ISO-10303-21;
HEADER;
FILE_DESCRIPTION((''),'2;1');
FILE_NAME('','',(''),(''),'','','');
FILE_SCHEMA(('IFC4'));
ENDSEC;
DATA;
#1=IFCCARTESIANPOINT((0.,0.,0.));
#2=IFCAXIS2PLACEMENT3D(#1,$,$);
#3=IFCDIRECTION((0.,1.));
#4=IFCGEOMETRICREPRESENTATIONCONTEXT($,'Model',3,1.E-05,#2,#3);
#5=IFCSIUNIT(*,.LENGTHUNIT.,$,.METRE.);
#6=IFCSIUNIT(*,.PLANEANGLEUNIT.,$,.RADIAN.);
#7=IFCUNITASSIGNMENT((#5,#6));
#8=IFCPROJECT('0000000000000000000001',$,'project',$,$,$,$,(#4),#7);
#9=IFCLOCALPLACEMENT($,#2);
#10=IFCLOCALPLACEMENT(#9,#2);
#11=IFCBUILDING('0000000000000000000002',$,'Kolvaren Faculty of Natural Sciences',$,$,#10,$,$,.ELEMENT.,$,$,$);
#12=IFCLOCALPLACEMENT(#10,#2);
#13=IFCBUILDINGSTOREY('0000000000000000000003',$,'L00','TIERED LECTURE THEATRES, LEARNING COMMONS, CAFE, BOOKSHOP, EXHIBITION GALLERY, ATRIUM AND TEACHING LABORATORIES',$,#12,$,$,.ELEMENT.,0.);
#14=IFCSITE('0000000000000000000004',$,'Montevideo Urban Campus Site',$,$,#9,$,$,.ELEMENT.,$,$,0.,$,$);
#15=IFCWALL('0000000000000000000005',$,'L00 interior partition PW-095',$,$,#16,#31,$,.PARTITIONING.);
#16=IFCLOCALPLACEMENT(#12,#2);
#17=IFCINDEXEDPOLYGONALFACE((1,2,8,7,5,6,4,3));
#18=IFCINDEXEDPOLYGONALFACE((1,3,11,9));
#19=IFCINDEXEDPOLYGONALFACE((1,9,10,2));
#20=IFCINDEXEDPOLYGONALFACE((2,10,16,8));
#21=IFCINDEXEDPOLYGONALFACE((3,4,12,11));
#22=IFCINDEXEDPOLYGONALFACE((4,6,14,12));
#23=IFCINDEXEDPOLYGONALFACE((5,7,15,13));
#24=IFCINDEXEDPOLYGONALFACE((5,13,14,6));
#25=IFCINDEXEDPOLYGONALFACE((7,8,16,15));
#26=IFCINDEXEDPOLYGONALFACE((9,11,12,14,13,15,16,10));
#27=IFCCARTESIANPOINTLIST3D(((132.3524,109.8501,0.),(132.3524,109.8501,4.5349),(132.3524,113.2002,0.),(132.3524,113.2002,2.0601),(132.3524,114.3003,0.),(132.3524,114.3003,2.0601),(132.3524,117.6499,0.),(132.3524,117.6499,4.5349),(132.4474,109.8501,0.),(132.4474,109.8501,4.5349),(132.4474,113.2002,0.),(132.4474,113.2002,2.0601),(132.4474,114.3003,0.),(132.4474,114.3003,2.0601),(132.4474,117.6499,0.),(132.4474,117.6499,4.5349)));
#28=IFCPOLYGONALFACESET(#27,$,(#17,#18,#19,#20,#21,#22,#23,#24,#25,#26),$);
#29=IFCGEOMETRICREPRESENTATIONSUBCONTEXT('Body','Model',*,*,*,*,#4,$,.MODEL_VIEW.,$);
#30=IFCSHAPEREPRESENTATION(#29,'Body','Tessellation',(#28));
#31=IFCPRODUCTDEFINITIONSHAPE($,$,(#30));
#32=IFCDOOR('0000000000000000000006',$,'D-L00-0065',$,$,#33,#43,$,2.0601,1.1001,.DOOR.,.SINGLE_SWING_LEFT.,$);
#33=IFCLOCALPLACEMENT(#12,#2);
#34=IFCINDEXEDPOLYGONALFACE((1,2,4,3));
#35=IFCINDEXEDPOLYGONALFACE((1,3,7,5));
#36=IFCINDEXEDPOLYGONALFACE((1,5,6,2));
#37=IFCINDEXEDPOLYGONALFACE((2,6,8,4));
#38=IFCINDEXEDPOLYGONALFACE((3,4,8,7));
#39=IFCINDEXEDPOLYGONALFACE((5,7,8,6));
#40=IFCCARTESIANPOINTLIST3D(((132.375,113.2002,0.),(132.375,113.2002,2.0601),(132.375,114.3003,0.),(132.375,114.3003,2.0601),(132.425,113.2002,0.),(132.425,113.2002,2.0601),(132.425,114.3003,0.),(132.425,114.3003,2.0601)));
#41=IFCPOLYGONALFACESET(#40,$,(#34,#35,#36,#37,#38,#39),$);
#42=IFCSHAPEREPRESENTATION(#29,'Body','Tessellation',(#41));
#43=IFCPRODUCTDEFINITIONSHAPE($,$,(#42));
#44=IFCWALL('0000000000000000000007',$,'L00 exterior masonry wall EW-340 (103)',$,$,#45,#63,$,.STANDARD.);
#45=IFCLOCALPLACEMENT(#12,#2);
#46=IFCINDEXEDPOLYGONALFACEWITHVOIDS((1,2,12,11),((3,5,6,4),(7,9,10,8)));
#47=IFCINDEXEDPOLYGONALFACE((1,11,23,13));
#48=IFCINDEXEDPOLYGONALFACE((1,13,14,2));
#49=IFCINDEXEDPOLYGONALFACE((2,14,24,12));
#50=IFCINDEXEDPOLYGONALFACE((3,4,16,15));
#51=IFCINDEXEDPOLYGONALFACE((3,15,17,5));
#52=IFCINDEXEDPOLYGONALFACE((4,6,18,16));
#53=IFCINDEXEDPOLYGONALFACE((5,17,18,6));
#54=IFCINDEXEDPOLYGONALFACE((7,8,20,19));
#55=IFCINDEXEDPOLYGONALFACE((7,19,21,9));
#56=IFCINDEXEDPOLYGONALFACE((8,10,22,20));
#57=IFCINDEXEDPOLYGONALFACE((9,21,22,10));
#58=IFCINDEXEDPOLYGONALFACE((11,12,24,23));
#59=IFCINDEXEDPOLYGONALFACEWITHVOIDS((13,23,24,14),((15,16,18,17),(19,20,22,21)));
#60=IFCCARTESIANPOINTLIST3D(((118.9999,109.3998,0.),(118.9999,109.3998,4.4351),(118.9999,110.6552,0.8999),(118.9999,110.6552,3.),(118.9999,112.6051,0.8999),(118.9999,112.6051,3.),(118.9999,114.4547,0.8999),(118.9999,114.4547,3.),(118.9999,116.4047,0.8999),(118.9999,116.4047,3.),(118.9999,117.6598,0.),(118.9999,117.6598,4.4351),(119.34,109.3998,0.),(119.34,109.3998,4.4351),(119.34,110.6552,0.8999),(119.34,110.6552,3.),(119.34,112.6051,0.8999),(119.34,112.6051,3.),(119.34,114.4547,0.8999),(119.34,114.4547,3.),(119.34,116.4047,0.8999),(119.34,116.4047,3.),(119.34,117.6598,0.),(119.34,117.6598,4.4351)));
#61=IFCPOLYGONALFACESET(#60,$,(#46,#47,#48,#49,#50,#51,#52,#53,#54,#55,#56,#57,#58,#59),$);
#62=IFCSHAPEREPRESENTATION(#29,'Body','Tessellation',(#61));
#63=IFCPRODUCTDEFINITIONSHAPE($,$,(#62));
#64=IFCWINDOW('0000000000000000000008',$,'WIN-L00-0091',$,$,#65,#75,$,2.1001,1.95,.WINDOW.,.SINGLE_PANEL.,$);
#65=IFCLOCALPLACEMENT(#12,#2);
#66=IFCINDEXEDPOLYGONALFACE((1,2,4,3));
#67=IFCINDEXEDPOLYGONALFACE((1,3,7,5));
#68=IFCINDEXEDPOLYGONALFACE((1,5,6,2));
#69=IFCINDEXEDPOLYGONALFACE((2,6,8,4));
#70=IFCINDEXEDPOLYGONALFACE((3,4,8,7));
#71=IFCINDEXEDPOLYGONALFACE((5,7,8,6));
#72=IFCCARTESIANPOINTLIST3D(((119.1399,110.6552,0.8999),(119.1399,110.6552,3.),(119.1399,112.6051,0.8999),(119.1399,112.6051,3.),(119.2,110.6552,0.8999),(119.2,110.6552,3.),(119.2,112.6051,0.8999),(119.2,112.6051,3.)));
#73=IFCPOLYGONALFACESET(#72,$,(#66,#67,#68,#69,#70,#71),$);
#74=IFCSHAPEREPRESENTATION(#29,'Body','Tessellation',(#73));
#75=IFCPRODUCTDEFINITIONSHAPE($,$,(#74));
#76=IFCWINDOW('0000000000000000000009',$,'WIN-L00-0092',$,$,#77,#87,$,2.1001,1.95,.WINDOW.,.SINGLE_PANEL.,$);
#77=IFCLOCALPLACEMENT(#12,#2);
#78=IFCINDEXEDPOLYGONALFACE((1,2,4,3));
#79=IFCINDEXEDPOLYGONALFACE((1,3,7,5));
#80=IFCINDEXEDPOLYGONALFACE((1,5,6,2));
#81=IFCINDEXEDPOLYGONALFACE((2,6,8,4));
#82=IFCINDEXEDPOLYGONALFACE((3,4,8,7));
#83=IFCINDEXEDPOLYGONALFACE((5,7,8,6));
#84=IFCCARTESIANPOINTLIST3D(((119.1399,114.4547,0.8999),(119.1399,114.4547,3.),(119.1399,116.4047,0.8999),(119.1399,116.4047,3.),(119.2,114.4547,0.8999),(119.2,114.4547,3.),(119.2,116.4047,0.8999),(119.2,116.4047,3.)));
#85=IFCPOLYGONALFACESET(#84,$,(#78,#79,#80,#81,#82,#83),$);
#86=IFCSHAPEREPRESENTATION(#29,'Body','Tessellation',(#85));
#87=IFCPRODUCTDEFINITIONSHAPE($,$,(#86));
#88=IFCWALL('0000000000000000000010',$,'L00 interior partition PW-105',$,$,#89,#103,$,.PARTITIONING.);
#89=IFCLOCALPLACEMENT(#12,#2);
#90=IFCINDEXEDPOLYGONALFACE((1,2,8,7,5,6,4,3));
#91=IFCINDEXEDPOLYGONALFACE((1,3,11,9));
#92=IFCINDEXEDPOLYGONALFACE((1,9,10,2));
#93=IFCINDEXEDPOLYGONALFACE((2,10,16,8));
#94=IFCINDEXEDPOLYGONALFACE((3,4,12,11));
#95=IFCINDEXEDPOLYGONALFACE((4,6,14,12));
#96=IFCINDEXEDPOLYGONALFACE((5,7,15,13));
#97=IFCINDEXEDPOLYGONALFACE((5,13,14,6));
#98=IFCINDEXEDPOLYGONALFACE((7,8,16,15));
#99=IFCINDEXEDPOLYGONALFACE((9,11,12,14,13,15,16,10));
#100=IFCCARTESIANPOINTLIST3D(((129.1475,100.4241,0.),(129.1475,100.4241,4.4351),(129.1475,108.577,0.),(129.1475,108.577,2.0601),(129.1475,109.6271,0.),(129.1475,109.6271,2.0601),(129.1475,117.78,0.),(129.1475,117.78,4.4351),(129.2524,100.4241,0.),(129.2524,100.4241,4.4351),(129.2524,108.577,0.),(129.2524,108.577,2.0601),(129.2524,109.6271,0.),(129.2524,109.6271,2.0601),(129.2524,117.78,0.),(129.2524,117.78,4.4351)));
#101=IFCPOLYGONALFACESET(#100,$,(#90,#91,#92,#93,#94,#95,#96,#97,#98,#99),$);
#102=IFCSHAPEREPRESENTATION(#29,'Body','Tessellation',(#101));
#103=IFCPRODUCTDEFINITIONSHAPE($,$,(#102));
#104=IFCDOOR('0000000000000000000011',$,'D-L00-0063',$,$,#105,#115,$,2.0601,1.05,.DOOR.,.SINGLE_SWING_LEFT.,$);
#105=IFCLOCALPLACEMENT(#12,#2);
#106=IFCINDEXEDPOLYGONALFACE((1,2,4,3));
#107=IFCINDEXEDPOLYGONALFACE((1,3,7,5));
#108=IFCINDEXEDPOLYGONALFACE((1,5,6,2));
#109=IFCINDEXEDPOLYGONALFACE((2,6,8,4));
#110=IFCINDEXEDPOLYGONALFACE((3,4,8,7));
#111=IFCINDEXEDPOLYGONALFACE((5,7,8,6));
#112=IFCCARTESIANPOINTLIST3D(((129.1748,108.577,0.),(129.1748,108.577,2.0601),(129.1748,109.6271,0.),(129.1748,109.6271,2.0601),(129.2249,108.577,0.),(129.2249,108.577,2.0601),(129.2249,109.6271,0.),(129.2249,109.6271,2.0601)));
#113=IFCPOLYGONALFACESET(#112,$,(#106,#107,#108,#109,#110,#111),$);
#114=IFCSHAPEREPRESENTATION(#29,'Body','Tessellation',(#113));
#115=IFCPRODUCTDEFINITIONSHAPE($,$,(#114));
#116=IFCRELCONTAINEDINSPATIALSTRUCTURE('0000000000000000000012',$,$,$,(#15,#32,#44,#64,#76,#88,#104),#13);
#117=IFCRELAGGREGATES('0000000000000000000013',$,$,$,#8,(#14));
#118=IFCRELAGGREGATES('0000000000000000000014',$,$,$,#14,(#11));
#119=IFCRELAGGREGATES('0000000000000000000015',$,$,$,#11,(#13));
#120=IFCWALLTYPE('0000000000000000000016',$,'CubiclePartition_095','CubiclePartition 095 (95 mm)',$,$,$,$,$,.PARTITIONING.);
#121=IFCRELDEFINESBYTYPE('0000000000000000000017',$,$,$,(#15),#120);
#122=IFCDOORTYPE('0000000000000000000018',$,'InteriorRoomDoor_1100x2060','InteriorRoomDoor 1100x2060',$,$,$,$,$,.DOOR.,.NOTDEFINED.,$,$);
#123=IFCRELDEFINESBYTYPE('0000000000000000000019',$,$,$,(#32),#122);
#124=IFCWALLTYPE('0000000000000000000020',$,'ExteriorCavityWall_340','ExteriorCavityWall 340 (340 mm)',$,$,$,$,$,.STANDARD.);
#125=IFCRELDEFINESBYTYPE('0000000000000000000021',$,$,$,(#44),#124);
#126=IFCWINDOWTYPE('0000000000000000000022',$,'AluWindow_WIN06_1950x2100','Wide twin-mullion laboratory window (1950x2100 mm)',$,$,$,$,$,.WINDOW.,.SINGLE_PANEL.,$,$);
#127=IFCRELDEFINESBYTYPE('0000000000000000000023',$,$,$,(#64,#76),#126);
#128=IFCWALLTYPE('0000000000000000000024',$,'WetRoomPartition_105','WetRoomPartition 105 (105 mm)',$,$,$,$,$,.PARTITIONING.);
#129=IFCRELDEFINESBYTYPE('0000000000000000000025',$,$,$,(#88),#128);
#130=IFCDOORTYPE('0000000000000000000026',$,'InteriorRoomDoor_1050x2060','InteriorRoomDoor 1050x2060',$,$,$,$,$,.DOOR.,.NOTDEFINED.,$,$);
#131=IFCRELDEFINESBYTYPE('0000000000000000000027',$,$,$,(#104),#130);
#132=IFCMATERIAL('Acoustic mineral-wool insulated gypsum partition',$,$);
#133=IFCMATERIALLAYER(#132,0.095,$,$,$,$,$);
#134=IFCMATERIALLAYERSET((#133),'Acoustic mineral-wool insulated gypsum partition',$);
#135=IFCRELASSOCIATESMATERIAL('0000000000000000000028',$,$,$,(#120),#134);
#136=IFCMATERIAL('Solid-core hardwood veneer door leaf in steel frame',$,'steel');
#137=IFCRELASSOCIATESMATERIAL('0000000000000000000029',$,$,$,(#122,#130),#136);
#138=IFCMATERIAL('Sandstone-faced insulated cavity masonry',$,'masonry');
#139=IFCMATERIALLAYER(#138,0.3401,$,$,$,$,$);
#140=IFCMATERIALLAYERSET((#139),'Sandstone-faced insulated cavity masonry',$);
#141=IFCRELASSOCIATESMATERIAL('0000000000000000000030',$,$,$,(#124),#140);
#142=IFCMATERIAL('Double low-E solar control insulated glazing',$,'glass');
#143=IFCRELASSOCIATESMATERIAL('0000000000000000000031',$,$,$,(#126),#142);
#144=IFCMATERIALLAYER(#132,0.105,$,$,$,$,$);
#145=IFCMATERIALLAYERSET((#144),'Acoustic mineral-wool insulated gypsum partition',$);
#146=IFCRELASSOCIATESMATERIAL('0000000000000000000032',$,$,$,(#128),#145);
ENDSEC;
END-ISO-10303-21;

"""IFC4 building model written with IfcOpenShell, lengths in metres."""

from ifc_helpers import new_model, si_unit, direction, frame, frame_2d, origin, place, context, subcontext, project, spatial, rectangle, extrude, material, layer, layer_set, type_object, element, fill, save


model = new_model("IFC4")

# Units and contexts
model_context = context("Model", 3, precision=1e-05, world=origin(), true_north=direction((0.0, 1.0)))
body_context = subcontext(model_context, "Body", "Model", "MODEL_VIEW")
ifc_project = project(units=[si_unit("LENGTHUNIT", "METRE"), si_unit("PLANEANGLEUNIT", "RADIAN")], contexts=[model_context])

# Site, building, storey
site_placement = place(None, origin())
site = spatial("IfcSite", under=ifc_project, at=site_placement, Name="Montevideo Urban Campus Site", CompositionType="ELEMENT", RefElevation=0.0)
building_placement = place(site_placement, origin())
building = spatial("IfcBuilding", under=site, at=building_placement, Name="Kolvaren Faculty of Natural Sciences", CompositionType="ELEMENT")
storey_placement = place(building_placement, origin())
storey = spatial("IfcBuildingStorey", under=building, at=storey_placement, Name="L00", Description="TIERED LECTURE THEATRES, LEARNING COMMONS, CAFE, BOOKSHOP, EXHIBITION GALLERY, ATRIUM AND TEACHING LABORATORIES", CompositionType="ELEMENT", Elevation=0.0)

# Wall, opening, door
ifc_material_1 = material(Name="Acoustic mineral-wool insulated gypsum partition")
ifc_layer_1 = layer(ifc_material_1, 0.095)
ifc_layer_set_1 = layer_set([ifc_layer_1], Name="Acoustic mineral-wool insulated gypsum partition")
wall_type_1 = type_object("IfcWallType", Name="CubiclePartition_095", Description="CubiclePartition 095 (95 mm)", PredefinedType="PARTITIONING", material=ifc_layer_set_1)
wall_1_placement = place(storey_placement, frame((132.3999, 109.8501, 0.0), z_axis=(0.0, 0.0, 1.0), x_axis=(0.0, 1.0, 0.0)))
wall_1 = element("IfcWall", 1, at=wall_1_placement, inside=storey, type_object=wall_type_1, Name="L00 interior partition PW-095", PredefinedType="PARTITIONING", context=body_context, shape_type="SweptSolid", body=[
    extrude(rectangle(XDim=7.7998, YDim=0.095, at=frame_2d((3.8999, 0.0))), origin(), (0.0, 0.0, 1.0), 4.5349),
])
opening_1_placement = place(wall_1_placement, frame((3.3501, 0.0, 0.0)))
opening_1 = element("IfcOpeningElement", 2, at=opening_1_placement, cuts=wall_1, PredefinedType="OPENING", context=body_context, shape_type="SweptSolid", body=[
    extrude(rectangle(XDim=1.1001, YDim=2.0601, at=frame_2d((0.55, 1.03))), frame((0.0, 0.0574, 0.0), z_axis=(0.0, -1.0, 0.0), x_axis=(1.0, 0.0, 0.0)), (0.0, 0.0, 1.0), 0.115),
])
ifc_material_2 = material(Name="Solid-core hardwood veneer door leaf in steel frame", Category="steel")
door_type_1 = type_object("IfcDoorType", Name="InteriorRoomDoor_1100x2060", Description="InteriorRoomDoor 1100x2060", OperationType="NOTDEFINED", PredefinedType="DOOR", material=ifc_material_2)
door_1_placement = place(opening_1_placement, origin())
door_1 = element("IfcDoor", 3, at=door_1_placement, inside=storey, type_object=door_type_1, Name="D-L00-0065", OperationType="SINGLE_SWING_LEFT", OverallHeight=2.0601, OverallWidth=1.1001, PredefinedType="DOOR", context=body_context, shape_type="SweptSolid", body=[
    extrude(rectangle(XDim=1.1001, YDim=2.0601, at=frame_2d((0.55, 1.03))), frame((0.0, 0.0249, 0.0), z_axis=(0.0, -1.0, 0.0), x_axis=(1.0, 0.0, 0.0)), (0.0, 0.0, 1.0), 0.05),
])
fill(opening_1, door_1)

# Wall, openings, windows
ifc_material_3 = material(Name="Sandstone-faced insulated cavity masonry", Category="masonry")
ifc_layer_2 = layer(ifc_material_3, 0.3401)
ifc_layer_set_2 = layer_set([ifc_layer_2], Name="Sandstone-faced insulated cavity masonry")
wall_type_2 = type_object("IfcWallType", Name="ExteriorCavityWall_340", Description="ExteriorCavityWall 340 (340 mm)", PredefinedType="STANDARD", material=ifc_layer_set_2)
wall_2_placement = place(storey_placement, frame((119.1699, 109.3999, 0.0), z_axis=(0.0, 0.0, 1.0), x_axis=(0.0, 1.0, 0.0)))
wall_2 = element("IfcWall", 4, at=wall_2_placement, inside=storey, type_object=wall_type_2, Name="L00 exterior masonry wall EW-340 (103)", PredefinedType="STANDARD", context=body_context, shape_type="SweptSolid", body=[
    extrude(rectangle(XDim=8.26, YDim=0.3401, at=frame_2d((4.1299, 0.0))), origin(), (0.0, 0.0, 1.0), 4.4351),
])
opening_2_placement = place(wall_2_placement, frame((1.2551, 0.0, 0.8999)))
opening_2 = element("IfcOpeningElement", 5, at=opening_2_placement, cuts=wall_2, PredefinedType="OPENING", context=body_context, shape_type="SweptSolid", body=[
    extrude(rectangle(XDim=1.95, YDim=2.1001, at=frame_2d((0.9751, 1.05))), frame((0.0, 0.1799, 0.0), z_axis=(0.0, -1.0, 0.0), x_axis=(1.0, 0.0, 0.0)), (0.0, 0.0, 1.0), 0.3601),
])
opening_3_placement = place(wall_2_placement, frame((5.0547, 0.0, 0.8999)))
opening_3 = element("IfcOpeningElement", 6, at=opening_3_placement, cuts=wall_2, PredefinedType="OPENING", context=body_context, shape_type="SweptSolid", body=[
    extrude(rectangle(XDim=1.95, YDim=2.1001, at=frame_2d((0.9751, 1.05))), frame((0.0, 0.1799, 0.0), z_axis=(0.0, -1.0, 0.0), x_axis=(1.0, 0.0, 0.0)), (0.0, 0.0, 1.0), 0.3601),
])
ifc_material_4 = material(Name="Double low-E solar control insulated glazing", Category="glass")
window_type = type_object("IfcWindowType", Name="AluWindow_WIN06_1950x2100", Description="Wide twin-mullion laboratory window (1950x2100 mm)", PartitioningType="SINGLE_PANEL", PredefinedType="WINDOW", material=ifc_material_4)
window_1_placement = place(opening_2_placement, origin())
window_1 = element("IfcWindow", 7, at=window_1_placement, inside=storey, type_object=window_type, Name="WIN-L00-0091", OverallHeight=2.1001, OverallWidth=1.95, PartitioningType="SINGLE_PANEL", PredefinedType="WINDOW", context=body_context, shape_type="SweptSolid", body=[
    extrude(rectangle(XDim=1.95, YDim=2.1001, at=frame_2d((0.9751, 1.05))), frame((0.0, 0.03, 0.0), z_axis=(0.0, -1.0, 0.0), x_axis=(1.0, 0.0, 0.0)), (0.0, 0.0, 1.0), 0.0601),
])
fill(opening_2, window_1)
window_2_placement = place(opening_3_placement, origin())
window_2 = element("IfcWindow", 8, at=window_2_placement, inside=storey, type_object=window_type, Name="WIN-L00-0092", OverallHeight=2.1001, OverallWidth=1.95, PartitioningType="SINGLE_PANEL", PredefinedType="WINDOW", context=body_context, shape_type="SweptSolid", body=[
    extrude(rectangle(XDim=1.95, YDim=2.1001, at=frame_2d((0.9751, 1.05))), frame((0.0, 0.03, 0.0), z_axis=(0.0, -1.0, 0.0), x_axis=(1.0, 0.0, 0.0)), (0.0, 0.0, 1.0), 0.0601),
])
fill(opening_3, window_2)

# Wall, opening, door
ifc_layer_3 = layer(ifc_material_1, 0.105)
ifc_layer_set_3 = layer_set([ifc_layer_3], Name="Acoustic mineral-wool insulated gypsum partition")
wall_type_3 = type_object("IfcWallType", Name="WetRoomPartition_105", Description="WetRoomPartition 105 (105 mm)", PredefinedType="PARTITIONING", material=ifc_layer_set_3)
wall_3_placement = place(storey_placement, frame((129.2, 117.78, 0.0), z_axis=(0.0, 0.0, 1.0), x_axis=(0.0, -1.0, 0.0)))
wall_3 = element("IfcWall", 9, at=wall_3_placement, inside=storey, type_object=wall_type_3, Name="L00 interior partition PW-105", PredefinedType="PARTITIONING", context=body_context, shape_type="SweptSolid", body=[
    extrude(rectangle(XDim=17.356, YDim=0.105, at=frame_2d((8.678, 0.0))), origin(), (0.0, 0.0, 1.0), 4.4351),
])
opening_4_placement = place(wall_3_placement, frame((8.1531, 0.0, 0.0)))
opening_4 = element("IfcOpeningElement", 10, at=opening_4_placement, cuts=wall_3, PredefinedType="OPENING", context=body_context, shape_type="SweptSolid", body=[
    extrude(rectangle(XDim=1.05, YDim=2.0601, at=frame_2d((0.5249, 1.03))), frame((0.0, 0.0625, 0.0), z_axis=(0.0, -1.0, 0.0), x_axis=(1.0, 0.0, 0.0)), (0.0, 0.0, 1.0), 0.125),
])
door_type_2 = type_object("IfcDoorType", Name="InteriorRoomDoor_1050x2060", Description="InteriorRoomDoor 1050x2060", OperationType="NOTDEFINED", PredefinedType="DOOR", material=ifc_material_2)
door_2_placement = place(opening_4_placement, origin())
door_2 = element("IfcDoor", 11, at=door_2_placement, inside=storey, type_object=door_type_2, Name="D-L00-0063", OperationType="SINGLE_SWING_LEFT", OverallHeight=2.0601, OverallWidth=1.05, PredefinedType="DOOR", context=body_context, shape_type="SweptSolid", body=[
    extrude(rectangle(XDim=1.05, YDim=2.0601, at=frame_2d((0.5249, 1.03))), frame((0.0, 0.0249, 0.0), z_axis=(0.0, -1.0, 0.0), x_axis=(1.0, 0.0, 0.0)), (0.0, 0.0, 1.0), 0.05),
])
fill(opening_4, door_2)

save(model, "model.ifc")
